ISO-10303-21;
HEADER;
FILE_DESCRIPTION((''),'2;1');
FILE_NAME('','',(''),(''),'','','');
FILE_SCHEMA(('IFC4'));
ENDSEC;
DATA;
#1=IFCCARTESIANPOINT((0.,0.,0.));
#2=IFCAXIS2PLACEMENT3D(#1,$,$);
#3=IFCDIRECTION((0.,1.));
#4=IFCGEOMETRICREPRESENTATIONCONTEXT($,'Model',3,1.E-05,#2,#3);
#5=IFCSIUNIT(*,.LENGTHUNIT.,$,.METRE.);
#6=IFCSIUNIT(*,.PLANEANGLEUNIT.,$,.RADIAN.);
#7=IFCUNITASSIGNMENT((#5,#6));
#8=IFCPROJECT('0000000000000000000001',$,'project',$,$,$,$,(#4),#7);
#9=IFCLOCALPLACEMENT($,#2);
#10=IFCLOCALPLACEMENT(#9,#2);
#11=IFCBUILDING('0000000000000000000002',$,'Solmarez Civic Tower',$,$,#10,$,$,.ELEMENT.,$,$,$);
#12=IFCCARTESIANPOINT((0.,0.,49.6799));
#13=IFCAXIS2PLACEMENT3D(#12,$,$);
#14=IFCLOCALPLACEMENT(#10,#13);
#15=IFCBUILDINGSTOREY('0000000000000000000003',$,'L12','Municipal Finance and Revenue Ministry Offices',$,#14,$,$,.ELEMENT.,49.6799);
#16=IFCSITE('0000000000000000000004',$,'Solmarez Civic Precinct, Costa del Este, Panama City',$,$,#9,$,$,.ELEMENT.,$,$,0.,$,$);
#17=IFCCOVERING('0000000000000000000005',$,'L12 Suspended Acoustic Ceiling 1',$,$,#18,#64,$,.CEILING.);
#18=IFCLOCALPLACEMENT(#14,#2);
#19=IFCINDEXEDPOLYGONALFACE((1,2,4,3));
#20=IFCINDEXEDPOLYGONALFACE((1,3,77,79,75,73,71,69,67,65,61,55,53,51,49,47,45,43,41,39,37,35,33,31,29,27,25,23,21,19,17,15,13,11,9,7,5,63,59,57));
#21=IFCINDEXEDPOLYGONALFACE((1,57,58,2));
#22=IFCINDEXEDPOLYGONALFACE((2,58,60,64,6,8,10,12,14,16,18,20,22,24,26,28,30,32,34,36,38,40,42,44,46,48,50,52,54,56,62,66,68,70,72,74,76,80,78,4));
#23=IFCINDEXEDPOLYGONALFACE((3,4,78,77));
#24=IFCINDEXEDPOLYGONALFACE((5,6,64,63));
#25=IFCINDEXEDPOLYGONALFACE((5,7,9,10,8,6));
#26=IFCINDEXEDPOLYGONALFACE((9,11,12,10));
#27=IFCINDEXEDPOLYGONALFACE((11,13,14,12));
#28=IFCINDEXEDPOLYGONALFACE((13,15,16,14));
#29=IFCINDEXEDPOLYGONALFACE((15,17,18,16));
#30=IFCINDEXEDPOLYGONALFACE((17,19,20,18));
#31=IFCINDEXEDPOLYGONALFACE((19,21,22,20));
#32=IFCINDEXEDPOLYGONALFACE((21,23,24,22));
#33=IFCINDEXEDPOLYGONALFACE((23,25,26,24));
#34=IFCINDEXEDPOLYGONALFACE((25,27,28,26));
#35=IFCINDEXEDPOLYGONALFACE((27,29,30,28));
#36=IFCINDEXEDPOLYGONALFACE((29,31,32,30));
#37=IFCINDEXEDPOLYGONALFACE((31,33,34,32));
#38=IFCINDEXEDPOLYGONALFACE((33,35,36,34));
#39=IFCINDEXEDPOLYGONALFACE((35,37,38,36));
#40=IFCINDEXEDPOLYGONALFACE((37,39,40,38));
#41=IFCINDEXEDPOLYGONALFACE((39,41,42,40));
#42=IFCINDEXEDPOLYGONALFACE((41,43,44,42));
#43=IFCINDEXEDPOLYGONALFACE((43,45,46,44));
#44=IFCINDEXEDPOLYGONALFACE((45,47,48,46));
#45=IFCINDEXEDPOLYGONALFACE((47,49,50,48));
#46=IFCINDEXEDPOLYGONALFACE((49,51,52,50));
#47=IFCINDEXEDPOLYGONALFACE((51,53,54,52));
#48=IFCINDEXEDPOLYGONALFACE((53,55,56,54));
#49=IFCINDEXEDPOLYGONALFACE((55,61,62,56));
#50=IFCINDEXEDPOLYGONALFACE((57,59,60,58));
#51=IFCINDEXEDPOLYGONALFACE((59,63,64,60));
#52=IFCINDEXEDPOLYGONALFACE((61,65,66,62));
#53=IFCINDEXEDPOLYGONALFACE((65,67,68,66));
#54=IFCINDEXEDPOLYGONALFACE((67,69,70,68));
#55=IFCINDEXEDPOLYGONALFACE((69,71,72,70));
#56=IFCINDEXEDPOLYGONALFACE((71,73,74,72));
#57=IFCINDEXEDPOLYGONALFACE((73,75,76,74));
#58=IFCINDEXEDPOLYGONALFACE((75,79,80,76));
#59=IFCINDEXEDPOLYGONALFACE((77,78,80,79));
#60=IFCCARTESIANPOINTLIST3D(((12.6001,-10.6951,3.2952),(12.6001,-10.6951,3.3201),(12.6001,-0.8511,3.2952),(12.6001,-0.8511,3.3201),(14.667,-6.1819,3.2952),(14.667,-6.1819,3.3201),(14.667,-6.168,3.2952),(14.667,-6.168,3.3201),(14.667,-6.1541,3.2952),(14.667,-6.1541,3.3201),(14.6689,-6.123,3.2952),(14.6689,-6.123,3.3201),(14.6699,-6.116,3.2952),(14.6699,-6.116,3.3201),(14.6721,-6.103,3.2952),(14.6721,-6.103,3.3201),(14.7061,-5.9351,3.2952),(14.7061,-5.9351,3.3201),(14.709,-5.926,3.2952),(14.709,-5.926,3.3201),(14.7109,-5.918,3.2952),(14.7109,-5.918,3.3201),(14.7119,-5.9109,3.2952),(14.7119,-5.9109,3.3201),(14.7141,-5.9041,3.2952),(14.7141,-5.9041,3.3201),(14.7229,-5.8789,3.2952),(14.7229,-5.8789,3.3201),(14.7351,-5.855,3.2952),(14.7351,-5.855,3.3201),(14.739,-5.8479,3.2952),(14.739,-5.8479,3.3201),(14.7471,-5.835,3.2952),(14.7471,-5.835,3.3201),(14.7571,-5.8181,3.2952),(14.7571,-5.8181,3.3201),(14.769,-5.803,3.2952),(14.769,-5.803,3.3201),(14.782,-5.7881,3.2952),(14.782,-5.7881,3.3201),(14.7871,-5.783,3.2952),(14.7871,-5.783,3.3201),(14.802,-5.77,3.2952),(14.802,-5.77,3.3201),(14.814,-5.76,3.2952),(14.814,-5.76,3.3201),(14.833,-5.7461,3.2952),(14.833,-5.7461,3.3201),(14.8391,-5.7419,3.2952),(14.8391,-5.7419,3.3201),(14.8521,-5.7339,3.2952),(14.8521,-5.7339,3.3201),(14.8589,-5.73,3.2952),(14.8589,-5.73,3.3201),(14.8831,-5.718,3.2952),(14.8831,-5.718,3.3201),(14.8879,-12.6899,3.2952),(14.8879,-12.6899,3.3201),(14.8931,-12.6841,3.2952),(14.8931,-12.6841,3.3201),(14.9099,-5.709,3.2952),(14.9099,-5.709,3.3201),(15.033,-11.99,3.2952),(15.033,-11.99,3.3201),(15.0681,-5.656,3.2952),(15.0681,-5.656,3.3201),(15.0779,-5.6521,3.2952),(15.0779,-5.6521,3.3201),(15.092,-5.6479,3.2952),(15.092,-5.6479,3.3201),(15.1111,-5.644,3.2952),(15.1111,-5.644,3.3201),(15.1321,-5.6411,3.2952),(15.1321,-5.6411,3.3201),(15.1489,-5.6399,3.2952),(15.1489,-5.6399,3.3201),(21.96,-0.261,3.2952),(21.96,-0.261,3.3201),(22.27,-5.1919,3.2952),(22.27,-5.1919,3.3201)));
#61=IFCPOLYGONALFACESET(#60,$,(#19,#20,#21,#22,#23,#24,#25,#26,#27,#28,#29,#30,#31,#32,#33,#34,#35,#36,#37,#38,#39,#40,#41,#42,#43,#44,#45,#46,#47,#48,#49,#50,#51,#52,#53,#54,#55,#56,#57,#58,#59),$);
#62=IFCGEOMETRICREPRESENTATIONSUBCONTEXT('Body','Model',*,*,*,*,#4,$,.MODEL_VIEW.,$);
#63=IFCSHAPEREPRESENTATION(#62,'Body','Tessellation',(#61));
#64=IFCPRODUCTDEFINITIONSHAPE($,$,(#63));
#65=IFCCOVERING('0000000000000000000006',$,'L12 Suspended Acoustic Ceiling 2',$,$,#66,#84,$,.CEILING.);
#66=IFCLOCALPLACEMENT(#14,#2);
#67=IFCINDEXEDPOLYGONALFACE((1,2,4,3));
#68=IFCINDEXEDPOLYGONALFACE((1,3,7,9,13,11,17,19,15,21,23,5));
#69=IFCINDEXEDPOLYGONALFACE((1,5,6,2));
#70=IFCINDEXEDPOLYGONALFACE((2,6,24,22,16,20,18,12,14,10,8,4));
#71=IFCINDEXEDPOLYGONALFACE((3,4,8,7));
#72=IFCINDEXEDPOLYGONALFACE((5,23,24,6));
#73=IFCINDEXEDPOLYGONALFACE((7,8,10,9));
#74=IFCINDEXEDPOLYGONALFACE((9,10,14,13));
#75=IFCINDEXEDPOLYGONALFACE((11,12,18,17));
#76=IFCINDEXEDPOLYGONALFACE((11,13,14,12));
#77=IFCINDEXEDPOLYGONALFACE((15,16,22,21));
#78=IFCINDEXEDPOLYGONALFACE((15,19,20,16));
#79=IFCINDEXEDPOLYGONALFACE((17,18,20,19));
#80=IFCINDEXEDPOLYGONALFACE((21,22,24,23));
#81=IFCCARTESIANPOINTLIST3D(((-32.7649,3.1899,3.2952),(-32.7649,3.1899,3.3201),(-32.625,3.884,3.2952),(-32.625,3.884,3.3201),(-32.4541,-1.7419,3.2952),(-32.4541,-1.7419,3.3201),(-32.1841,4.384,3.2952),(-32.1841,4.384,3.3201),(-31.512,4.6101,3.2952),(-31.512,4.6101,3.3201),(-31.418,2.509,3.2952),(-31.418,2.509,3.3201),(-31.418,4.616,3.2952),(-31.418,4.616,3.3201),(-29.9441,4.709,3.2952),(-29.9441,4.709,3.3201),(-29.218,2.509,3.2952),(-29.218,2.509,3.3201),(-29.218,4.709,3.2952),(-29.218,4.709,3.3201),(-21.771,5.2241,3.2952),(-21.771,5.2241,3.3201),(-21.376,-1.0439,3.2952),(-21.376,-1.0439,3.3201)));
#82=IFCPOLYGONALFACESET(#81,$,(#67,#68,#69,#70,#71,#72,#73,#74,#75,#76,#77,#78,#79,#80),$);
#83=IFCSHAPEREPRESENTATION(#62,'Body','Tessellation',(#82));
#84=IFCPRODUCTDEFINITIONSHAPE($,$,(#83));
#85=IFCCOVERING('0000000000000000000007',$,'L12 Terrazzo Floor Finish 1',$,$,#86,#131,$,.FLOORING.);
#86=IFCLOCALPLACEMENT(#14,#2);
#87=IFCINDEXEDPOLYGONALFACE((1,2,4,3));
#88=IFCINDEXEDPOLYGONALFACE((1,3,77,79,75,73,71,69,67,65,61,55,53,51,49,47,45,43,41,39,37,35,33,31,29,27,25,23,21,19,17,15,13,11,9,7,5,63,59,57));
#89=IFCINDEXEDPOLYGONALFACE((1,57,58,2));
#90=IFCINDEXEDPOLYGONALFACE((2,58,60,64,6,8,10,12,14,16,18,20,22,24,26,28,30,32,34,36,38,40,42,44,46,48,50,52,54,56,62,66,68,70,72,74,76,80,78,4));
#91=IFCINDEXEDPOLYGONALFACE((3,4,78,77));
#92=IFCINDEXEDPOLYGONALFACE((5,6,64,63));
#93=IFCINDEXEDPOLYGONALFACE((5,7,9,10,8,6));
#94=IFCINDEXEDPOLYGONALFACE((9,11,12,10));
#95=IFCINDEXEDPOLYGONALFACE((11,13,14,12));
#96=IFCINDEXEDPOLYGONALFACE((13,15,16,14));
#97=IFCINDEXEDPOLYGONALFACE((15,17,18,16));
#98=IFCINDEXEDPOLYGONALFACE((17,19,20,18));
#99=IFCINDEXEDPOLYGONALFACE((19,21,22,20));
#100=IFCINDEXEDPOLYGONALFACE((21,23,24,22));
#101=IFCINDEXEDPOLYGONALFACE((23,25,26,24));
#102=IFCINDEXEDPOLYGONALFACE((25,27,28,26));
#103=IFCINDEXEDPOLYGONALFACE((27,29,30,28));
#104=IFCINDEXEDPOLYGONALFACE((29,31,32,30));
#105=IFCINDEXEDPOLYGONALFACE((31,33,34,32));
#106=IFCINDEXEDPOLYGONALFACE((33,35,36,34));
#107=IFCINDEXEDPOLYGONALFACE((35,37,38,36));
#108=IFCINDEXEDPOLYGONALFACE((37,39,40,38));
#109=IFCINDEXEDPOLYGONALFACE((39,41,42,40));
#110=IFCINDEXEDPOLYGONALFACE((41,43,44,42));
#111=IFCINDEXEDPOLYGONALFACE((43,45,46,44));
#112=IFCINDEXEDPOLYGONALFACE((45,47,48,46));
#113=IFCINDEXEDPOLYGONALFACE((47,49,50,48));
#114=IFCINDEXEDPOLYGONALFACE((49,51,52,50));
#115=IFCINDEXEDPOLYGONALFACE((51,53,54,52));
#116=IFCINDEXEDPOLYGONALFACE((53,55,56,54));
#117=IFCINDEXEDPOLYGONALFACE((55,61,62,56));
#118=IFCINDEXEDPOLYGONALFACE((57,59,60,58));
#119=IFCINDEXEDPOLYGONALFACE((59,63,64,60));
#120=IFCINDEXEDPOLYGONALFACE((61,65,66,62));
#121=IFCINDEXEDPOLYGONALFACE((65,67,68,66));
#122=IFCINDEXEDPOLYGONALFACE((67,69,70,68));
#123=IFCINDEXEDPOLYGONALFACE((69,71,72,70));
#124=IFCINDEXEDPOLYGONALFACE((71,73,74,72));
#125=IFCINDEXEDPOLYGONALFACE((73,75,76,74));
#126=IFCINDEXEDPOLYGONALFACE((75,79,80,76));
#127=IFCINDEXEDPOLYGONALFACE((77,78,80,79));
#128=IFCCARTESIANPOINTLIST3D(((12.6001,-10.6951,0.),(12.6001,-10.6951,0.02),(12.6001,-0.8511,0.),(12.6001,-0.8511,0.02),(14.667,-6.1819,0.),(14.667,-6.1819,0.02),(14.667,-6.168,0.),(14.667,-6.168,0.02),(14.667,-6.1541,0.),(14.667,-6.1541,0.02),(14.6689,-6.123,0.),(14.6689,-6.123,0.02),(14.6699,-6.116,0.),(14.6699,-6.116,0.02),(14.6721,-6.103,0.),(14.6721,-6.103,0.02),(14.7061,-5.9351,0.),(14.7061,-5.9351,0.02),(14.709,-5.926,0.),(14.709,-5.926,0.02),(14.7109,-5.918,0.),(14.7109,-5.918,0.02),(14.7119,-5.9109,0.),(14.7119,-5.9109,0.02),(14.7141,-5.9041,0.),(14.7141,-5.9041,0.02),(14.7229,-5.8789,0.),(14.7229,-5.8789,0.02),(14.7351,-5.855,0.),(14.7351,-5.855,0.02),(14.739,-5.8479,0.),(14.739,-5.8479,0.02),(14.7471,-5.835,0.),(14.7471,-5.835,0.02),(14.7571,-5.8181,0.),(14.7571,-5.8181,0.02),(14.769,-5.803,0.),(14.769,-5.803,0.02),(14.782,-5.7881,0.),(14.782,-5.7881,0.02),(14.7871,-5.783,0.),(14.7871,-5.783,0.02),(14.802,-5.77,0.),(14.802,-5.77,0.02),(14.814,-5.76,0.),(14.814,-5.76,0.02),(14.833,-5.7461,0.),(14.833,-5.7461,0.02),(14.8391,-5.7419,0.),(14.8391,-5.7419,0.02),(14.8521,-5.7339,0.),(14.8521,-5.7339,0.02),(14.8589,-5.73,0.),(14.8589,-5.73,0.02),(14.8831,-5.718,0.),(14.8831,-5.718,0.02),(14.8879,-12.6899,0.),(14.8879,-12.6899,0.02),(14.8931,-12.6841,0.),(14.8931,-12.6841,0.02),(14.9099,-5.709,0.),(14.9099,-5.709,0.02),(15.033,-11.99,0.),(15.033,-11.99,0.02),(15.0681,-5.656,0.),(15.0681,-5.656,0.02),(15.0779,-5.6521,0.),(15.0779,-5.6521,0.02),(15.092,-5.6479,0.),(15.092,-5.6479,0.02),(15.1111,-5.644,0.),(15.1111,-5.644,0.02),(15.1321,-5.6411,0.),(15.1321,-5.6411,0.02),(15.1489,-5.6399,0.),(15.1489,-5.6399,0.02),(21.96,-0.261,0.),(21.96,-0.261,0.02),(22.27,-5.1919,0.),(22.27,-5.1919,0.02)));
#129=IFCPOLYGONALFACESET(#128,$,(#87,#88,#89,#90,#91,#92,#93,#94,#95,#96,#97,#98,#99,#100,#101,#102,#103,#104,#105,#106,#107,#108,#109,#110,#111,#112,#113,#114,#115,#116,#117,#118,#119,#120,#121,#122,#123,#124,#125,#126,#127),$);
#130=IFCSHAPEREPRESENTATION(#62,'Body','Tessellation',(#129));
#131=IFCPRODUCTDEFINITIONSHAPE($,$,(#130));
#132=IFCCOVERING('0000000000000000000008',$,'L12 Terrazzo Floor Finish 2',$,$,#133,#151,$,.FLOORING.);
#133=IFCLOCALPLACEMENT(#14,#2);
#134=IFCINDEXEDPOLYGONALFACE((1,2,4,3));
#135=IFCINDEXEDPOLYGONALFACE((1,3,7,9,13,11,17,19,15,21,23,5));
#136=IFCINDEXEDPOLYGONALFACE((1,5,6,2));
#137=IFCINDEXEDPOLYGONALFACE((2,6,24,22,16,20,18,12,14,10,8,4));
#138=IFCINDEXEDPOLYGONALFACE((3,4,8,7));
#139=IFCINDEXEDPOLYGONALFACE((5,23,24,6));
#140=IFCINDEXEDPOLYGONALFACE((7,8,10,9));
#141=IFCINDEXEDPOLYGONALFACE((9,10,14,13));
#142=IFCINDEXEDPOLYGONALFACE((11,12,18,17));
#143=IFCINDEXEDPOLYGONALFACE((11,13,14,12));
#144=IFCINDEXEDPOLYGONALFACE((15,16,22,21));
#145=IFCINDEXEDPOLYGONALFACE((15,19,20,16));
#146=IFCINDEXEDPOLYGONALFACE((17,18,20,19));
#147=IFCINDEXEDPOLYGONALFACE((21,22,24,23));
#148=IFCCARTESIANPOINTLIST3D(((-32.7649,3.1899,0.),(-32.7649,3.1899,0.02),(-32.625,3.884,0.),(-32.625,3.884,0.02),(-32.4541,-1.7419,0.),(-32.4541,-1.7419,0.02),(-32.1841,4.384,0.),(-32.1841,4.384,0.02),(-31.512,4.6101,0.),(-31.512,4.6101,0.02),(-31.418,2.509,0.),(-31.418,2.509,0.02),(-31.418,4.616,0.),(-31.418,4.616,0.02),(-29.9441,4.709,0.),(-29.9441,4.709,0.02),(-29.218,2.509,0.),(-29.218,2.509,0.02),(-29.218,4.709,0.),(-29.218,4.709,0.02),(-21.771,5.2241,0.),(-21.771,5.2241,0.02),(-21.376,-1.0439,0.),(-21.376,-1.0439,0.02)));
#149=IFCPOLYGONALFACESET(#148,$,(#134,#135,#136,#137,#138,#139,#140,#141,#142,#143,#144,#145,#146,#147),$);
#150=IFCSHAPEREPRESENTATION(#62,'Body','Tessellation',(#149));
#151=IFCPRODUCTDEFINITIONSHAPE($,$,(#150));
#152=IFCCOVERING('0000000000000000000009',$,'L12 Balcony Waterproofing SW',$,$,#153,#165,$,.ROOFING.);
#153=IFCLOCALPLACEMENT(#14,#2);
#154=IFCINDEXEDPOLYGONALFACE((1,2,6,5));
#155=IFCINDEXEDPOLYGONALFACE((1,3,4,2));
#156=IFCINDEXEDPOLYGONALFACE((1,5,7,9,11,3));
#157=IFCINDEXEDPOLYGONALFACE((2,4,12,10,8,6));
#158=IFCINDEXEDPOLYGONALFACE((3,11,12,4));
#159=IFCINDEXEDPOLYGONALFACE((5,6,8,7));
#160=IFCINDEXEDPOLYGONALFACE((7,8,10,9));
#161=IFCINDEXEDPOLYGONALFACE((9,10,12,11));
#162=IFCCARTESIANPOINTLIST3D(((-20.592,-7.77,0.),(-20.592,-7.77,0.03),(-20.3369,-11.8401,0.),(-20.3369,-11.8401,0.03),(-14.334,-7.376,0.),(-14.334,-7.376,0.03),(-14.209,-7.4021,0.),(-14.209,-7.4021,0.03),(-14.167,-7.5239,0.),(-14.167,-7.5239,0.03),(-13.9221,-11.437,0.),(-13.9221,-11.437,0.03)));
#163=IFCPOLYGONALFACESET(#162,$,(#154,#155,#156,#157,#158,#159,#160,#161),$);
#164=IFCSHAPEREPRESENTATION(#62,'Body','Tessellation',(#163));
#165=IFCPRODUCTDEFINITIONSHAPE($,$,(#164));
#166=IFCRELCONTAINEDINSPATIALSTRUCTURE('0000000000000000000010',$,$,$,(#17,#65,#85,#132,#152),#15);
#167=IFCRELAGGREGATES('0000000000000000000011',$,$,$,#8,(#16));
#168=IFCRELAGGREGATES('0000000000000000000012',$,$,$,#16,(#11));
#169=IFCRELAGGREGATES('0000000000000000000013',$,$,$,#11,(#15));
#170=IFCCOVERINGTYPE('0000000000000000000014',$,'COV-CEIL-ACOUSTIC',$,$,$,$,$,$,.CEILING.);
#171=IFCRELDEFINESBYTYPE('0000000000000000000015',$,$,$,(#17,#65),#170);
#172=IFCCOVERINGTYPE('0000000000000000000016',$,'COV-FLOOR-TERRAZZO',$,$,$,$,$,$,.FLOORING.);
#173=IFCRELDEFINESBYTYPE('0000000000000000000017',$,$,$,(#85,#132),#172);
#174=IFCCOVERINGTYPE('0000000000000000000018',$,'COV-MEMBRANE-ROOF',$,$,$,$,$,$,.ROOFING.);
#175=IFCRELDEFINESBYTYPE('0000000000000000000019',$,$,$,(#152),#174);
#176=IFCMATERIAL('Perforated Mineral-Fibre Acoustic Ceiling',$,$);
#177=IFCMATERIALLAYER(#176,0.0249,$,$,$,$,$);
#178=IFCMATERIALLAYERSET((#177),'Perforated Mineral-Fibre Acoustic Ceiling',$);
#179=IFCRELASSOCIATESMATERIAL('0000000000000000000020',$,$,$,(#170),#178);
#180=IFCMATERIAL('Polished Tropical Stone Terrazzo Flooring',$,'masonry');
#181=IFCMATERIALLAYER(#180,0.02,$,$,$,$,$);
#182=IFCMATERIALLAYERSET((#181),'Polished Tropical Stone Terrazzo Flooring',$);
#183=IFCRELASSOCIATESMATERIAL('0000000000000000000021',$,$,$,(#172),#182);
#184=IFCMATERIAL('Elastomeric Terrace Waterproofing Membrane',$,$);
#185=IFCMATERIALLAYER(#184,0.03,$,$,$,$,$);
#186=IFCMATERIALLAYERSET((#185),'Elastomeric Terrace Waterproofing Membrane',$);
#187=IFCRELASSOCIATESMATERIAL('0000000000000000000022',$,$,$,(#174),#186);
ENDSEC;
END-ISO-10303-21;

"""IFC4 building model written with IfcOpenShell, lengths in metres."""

from ifc_helpers import new_model, si_unit, direction, frame, origin, place, context, subcontext, project, spatial, polyline, outline, extrude, material, layer, layer_set, type_object, element, save


model = new_model("IFC4")

# Units and contexts
model_context = context("Model", 3, precision=1e-05, world=origin(), true_north=direction((0.0, 1.0)))
body_context = subcontext(model_context, "Body", "Model", "MODEL_VIEW")
ifc_project = project(units=[si_unit("LENGTHUNIT", "METRE"), si_unit("PLANEANGLEUNIT", "RADIAN")], contexts=[model_context])

# Site, building, storey
site_placement = place(None, origin())
site = spatial("IfcSite", under=ifc_project, at=site_placement, Name="Solmarez Civic Precinct, Costa del Este, Panama City", CompositionType="ELEMENT", RefElevation=0.0)
building_placement = place(site_placement, origin())
building = spatial("IfcBuilding", under=site, at=building_placement, Name="Solmarez Civic Tower", CompositionType="ELEMENT")
storey_placement = place(building_placement, frame((0.0, 0.0, 49.6799)))
storey = spatial("IfcBuildingStorey", under=building, at=storey_placement, Name="L12", Description="Municipal Finance and Revenue Ministry Offices", CompositionType="ELEMENT", Elevation=49.6799)

# Coverings
ifc_material_1 = material(Name="Perforated Mineral-Fibre Acoustic Ceiling")
ifc_layer_1 = layer(ifc_material_1, 0.0249)
ifc_layer_set_1 = layer_set([ifc_layer_1], Name="Perforated Mineral-Fibre Acoustic Ceiling")
covering_type_1 = type_object("IfcCoveringType", Name="COV-CEIL-ACOUSTIC", PredefinedType="CEILING", material=ifc_layer_set_1)
covering_1_placement = place(storey_placement, frame((0.0, 0.0, 3.2952)))
element("IfcCovering", 1, at=covering_1_placement, inside=storey, type_object=covering_type_1, Name="L12 Suspended Acoustic Ceiling 1", PredefinedType="CEILING", context=body_context, shape_type="SweptSolid", body=[
    extrude(outline(polyline([(12.6001, -0.8511), (12.6001, -10.6951), (14.8879, -12.6899), (14.8931, -12.6841), (15.033, -11.99), (14.667, -6.1819), (14.667, -6.168), (14.667, -6.1541), (14.6689, -6.123), (14.6699, -6.116), (14.6721, -6.103), (14.7061, -5.9351), (14.709, -5.926), (14.7109, -5.918), (14.7119, -5.9109), (14.7141, -5.9041), (14.7229, -5.8789), (14.7351, -5.855), (14.739, -5.8479), (14.7471, -5.835), (14.7571, -5.8181), (14.769, -5.803), (14.782, -5.7881), (14.7871, -5.783), (14.802, -5.77), (14.814, -5.76), (14.833, -5.7461), (14.8391, -5.7419), (14.8521, -5.7339), (14.8589, -5.73), (14.8831, -5.718), (14.9099, -5.709), (15.0681, -5.656), (15.0779, -5.6521), (15.092, -5.6479), (15.1111, -5.644), (15.1321, -5.6411), (15.1489, -5.6399), (22.27, -5.1919), (21.96, -0.261), (12.6001, -0.8511)])), origin(), (0.0, 0.0, 1.0), 0.0249),
])
covering_2_placement = place(storey_placement, frame((0.0, 0.0, 3.2952)))
element("IfcCovering", 2, at=covering_2_placement, inside=storey, type_object=covering_type_1, Name="L12 Suspended Acoustic Ceiling 2", PredefinedType="CEILING", context=body_context, shape_type="SweptSolid", body=[
    extrude(outline(polyline([(-21.771, 5.2241), (-29.9441, 4.709), (-29.218, 4.709), (-29.218, 2.509), (-31.418, 2.509), (-31.418, 4.616), (-31.512, 4.6101), (-32.1841, 4.384), (-32.625, 3.884), (-32.7649, 3.1899), (-32.4541, -1.7419), (-21.376, -1.0439), (-21.771, 5.2241)])), origin(), (0.0, 0.0, 1.0), 0.0249),
])
ifc_material_2 = material(Name="Polished Tropical Stone Terrazzo Flooring", Category="masonry")
ifc_layer_2 = layer(ifc_material_2, 0.02)
ifc_layer_set_2 = layer_set([ifc_layer_2], Name="Polished Tropical Stone Terrazzo Flooring")
covering_type_2 = type_object("IfcCoveringType", Name="COV-FLOOR-TERRAZZO", PredefinedType="FLOORING", material=ifc_layer_set_2)
covering_3_placement = place(storey_placement, origin())
element("IfcCovering", 3, at=covering_3_placement, inside=storey, type_object=covering_type_2, Name="L12 Terrazzo Floor Finish 1", PredefinedType="FLOORING", context=body_context, shape_type="SweptSolid", body=[
    extrude(outline(polyline([(12.6001, -0.8511), (12.6001, -10.6951), (14.8879, -12.6899), (14.8931, -12.6841), (15.033, -11.99), (14.667, -6.1819), (14.667, -6.168), (14.667, -6.1541), (14.6689, -6.123), (14.6699, -6.116), (14.6721, -6.103), (14.7061, -5.9351), (14.709, -5.926), (14.7109, -5.918), (14.7119, -5.9109), (14.7141, -5.9041), (14.7229, -5.8789), (14.7351, -5.855), (14.739, -5.8479), (14.7471, -5.835), (14.7571, -5.8181), (14.769, -5.803), (14.782, -5.7881), (14.7871, -5.783), (14.802, -5.77), (14.814, -5.76), (14.833, -5.7461), (14.8391, -5.7419), (14.8521, -5.7339), (14.8589, -5.73), (14.8831, -5.718), (14.9099, -5.709), (15.0681, -5.656), (15.0779, -5.6521), (15.092, -5.6479), (15.1111, -5.644), (15.1321, -5.6411), (15.1489, -5.6399), (22.27, -5.1919), (21.96, -0.261), (12.6001, -0.8511)])), origin(), (0.0, 0.0, 1.0), 0.02),
])
covering_4_placement = place(storey_placement, origin())
element("IfcCovering", 4, at=covering_4_placement, inside=storey, type_object=covering_type_2, Name="L12 Terrazzo Floor Finish 2", PredefinedType="FLOORING", context=body_context, shape_type="SweptSolid", body=[
    extrude(outline(polyline([(-21.771, 5.2241), (-29.9441, 4.709), (-29.218, 4.709), (-29.218, 2.509), (-31.418, 2.509), (-31.418, 4.616), (-31.512, 4.6101), (-32.1841, 4.384), (-32.625, 3.884), (-32.7649, 3.1899), (-32.4541, -1.7419), (-21.376, -1.0439), (-21.771, 5.2241)])), origin(), (0.0, 0.0, 1.0), 0.02),
])
ifc_material_3 = material(Name="Elastomeric Terrace Waterproofing Membrane")
ifc_layer_3 = layer(ifc_material_3, 0.03)
ifc_layer_set_3 = layer_set([ifc_layer_3], Name="Elastomeric Terrace Waterproofing Membrane")
covering_type_3 = type_object("IfcCoveringType", Name="COV-MEMBRANE-ROOF", PredefinedType="ROOFING", material=ifc_layer_set_3)
covering_5_placement = place(storey_placement, origin())
element("IfcCovering", 5, at=covering_5_placement, inside=storey, type_object=covering_type_3, Name="L12 Balcony Waterproofing SW", PredefinedType="ROOFING", context=body_context, shape_type="SweptSolid", body=[
    extrude(outline(polyline([(-14.167, -7.5239), (-14.209, -7.4021), (-14.334, -7.376), (-20.592, -7.77), (-20.3369, -11.8401), (-13.9221, -11.437), (-14.167, -7.5239)])), origin(), (0.0, 0.0, 1.0), 0.03),
])

save(model, "model.ifc")
